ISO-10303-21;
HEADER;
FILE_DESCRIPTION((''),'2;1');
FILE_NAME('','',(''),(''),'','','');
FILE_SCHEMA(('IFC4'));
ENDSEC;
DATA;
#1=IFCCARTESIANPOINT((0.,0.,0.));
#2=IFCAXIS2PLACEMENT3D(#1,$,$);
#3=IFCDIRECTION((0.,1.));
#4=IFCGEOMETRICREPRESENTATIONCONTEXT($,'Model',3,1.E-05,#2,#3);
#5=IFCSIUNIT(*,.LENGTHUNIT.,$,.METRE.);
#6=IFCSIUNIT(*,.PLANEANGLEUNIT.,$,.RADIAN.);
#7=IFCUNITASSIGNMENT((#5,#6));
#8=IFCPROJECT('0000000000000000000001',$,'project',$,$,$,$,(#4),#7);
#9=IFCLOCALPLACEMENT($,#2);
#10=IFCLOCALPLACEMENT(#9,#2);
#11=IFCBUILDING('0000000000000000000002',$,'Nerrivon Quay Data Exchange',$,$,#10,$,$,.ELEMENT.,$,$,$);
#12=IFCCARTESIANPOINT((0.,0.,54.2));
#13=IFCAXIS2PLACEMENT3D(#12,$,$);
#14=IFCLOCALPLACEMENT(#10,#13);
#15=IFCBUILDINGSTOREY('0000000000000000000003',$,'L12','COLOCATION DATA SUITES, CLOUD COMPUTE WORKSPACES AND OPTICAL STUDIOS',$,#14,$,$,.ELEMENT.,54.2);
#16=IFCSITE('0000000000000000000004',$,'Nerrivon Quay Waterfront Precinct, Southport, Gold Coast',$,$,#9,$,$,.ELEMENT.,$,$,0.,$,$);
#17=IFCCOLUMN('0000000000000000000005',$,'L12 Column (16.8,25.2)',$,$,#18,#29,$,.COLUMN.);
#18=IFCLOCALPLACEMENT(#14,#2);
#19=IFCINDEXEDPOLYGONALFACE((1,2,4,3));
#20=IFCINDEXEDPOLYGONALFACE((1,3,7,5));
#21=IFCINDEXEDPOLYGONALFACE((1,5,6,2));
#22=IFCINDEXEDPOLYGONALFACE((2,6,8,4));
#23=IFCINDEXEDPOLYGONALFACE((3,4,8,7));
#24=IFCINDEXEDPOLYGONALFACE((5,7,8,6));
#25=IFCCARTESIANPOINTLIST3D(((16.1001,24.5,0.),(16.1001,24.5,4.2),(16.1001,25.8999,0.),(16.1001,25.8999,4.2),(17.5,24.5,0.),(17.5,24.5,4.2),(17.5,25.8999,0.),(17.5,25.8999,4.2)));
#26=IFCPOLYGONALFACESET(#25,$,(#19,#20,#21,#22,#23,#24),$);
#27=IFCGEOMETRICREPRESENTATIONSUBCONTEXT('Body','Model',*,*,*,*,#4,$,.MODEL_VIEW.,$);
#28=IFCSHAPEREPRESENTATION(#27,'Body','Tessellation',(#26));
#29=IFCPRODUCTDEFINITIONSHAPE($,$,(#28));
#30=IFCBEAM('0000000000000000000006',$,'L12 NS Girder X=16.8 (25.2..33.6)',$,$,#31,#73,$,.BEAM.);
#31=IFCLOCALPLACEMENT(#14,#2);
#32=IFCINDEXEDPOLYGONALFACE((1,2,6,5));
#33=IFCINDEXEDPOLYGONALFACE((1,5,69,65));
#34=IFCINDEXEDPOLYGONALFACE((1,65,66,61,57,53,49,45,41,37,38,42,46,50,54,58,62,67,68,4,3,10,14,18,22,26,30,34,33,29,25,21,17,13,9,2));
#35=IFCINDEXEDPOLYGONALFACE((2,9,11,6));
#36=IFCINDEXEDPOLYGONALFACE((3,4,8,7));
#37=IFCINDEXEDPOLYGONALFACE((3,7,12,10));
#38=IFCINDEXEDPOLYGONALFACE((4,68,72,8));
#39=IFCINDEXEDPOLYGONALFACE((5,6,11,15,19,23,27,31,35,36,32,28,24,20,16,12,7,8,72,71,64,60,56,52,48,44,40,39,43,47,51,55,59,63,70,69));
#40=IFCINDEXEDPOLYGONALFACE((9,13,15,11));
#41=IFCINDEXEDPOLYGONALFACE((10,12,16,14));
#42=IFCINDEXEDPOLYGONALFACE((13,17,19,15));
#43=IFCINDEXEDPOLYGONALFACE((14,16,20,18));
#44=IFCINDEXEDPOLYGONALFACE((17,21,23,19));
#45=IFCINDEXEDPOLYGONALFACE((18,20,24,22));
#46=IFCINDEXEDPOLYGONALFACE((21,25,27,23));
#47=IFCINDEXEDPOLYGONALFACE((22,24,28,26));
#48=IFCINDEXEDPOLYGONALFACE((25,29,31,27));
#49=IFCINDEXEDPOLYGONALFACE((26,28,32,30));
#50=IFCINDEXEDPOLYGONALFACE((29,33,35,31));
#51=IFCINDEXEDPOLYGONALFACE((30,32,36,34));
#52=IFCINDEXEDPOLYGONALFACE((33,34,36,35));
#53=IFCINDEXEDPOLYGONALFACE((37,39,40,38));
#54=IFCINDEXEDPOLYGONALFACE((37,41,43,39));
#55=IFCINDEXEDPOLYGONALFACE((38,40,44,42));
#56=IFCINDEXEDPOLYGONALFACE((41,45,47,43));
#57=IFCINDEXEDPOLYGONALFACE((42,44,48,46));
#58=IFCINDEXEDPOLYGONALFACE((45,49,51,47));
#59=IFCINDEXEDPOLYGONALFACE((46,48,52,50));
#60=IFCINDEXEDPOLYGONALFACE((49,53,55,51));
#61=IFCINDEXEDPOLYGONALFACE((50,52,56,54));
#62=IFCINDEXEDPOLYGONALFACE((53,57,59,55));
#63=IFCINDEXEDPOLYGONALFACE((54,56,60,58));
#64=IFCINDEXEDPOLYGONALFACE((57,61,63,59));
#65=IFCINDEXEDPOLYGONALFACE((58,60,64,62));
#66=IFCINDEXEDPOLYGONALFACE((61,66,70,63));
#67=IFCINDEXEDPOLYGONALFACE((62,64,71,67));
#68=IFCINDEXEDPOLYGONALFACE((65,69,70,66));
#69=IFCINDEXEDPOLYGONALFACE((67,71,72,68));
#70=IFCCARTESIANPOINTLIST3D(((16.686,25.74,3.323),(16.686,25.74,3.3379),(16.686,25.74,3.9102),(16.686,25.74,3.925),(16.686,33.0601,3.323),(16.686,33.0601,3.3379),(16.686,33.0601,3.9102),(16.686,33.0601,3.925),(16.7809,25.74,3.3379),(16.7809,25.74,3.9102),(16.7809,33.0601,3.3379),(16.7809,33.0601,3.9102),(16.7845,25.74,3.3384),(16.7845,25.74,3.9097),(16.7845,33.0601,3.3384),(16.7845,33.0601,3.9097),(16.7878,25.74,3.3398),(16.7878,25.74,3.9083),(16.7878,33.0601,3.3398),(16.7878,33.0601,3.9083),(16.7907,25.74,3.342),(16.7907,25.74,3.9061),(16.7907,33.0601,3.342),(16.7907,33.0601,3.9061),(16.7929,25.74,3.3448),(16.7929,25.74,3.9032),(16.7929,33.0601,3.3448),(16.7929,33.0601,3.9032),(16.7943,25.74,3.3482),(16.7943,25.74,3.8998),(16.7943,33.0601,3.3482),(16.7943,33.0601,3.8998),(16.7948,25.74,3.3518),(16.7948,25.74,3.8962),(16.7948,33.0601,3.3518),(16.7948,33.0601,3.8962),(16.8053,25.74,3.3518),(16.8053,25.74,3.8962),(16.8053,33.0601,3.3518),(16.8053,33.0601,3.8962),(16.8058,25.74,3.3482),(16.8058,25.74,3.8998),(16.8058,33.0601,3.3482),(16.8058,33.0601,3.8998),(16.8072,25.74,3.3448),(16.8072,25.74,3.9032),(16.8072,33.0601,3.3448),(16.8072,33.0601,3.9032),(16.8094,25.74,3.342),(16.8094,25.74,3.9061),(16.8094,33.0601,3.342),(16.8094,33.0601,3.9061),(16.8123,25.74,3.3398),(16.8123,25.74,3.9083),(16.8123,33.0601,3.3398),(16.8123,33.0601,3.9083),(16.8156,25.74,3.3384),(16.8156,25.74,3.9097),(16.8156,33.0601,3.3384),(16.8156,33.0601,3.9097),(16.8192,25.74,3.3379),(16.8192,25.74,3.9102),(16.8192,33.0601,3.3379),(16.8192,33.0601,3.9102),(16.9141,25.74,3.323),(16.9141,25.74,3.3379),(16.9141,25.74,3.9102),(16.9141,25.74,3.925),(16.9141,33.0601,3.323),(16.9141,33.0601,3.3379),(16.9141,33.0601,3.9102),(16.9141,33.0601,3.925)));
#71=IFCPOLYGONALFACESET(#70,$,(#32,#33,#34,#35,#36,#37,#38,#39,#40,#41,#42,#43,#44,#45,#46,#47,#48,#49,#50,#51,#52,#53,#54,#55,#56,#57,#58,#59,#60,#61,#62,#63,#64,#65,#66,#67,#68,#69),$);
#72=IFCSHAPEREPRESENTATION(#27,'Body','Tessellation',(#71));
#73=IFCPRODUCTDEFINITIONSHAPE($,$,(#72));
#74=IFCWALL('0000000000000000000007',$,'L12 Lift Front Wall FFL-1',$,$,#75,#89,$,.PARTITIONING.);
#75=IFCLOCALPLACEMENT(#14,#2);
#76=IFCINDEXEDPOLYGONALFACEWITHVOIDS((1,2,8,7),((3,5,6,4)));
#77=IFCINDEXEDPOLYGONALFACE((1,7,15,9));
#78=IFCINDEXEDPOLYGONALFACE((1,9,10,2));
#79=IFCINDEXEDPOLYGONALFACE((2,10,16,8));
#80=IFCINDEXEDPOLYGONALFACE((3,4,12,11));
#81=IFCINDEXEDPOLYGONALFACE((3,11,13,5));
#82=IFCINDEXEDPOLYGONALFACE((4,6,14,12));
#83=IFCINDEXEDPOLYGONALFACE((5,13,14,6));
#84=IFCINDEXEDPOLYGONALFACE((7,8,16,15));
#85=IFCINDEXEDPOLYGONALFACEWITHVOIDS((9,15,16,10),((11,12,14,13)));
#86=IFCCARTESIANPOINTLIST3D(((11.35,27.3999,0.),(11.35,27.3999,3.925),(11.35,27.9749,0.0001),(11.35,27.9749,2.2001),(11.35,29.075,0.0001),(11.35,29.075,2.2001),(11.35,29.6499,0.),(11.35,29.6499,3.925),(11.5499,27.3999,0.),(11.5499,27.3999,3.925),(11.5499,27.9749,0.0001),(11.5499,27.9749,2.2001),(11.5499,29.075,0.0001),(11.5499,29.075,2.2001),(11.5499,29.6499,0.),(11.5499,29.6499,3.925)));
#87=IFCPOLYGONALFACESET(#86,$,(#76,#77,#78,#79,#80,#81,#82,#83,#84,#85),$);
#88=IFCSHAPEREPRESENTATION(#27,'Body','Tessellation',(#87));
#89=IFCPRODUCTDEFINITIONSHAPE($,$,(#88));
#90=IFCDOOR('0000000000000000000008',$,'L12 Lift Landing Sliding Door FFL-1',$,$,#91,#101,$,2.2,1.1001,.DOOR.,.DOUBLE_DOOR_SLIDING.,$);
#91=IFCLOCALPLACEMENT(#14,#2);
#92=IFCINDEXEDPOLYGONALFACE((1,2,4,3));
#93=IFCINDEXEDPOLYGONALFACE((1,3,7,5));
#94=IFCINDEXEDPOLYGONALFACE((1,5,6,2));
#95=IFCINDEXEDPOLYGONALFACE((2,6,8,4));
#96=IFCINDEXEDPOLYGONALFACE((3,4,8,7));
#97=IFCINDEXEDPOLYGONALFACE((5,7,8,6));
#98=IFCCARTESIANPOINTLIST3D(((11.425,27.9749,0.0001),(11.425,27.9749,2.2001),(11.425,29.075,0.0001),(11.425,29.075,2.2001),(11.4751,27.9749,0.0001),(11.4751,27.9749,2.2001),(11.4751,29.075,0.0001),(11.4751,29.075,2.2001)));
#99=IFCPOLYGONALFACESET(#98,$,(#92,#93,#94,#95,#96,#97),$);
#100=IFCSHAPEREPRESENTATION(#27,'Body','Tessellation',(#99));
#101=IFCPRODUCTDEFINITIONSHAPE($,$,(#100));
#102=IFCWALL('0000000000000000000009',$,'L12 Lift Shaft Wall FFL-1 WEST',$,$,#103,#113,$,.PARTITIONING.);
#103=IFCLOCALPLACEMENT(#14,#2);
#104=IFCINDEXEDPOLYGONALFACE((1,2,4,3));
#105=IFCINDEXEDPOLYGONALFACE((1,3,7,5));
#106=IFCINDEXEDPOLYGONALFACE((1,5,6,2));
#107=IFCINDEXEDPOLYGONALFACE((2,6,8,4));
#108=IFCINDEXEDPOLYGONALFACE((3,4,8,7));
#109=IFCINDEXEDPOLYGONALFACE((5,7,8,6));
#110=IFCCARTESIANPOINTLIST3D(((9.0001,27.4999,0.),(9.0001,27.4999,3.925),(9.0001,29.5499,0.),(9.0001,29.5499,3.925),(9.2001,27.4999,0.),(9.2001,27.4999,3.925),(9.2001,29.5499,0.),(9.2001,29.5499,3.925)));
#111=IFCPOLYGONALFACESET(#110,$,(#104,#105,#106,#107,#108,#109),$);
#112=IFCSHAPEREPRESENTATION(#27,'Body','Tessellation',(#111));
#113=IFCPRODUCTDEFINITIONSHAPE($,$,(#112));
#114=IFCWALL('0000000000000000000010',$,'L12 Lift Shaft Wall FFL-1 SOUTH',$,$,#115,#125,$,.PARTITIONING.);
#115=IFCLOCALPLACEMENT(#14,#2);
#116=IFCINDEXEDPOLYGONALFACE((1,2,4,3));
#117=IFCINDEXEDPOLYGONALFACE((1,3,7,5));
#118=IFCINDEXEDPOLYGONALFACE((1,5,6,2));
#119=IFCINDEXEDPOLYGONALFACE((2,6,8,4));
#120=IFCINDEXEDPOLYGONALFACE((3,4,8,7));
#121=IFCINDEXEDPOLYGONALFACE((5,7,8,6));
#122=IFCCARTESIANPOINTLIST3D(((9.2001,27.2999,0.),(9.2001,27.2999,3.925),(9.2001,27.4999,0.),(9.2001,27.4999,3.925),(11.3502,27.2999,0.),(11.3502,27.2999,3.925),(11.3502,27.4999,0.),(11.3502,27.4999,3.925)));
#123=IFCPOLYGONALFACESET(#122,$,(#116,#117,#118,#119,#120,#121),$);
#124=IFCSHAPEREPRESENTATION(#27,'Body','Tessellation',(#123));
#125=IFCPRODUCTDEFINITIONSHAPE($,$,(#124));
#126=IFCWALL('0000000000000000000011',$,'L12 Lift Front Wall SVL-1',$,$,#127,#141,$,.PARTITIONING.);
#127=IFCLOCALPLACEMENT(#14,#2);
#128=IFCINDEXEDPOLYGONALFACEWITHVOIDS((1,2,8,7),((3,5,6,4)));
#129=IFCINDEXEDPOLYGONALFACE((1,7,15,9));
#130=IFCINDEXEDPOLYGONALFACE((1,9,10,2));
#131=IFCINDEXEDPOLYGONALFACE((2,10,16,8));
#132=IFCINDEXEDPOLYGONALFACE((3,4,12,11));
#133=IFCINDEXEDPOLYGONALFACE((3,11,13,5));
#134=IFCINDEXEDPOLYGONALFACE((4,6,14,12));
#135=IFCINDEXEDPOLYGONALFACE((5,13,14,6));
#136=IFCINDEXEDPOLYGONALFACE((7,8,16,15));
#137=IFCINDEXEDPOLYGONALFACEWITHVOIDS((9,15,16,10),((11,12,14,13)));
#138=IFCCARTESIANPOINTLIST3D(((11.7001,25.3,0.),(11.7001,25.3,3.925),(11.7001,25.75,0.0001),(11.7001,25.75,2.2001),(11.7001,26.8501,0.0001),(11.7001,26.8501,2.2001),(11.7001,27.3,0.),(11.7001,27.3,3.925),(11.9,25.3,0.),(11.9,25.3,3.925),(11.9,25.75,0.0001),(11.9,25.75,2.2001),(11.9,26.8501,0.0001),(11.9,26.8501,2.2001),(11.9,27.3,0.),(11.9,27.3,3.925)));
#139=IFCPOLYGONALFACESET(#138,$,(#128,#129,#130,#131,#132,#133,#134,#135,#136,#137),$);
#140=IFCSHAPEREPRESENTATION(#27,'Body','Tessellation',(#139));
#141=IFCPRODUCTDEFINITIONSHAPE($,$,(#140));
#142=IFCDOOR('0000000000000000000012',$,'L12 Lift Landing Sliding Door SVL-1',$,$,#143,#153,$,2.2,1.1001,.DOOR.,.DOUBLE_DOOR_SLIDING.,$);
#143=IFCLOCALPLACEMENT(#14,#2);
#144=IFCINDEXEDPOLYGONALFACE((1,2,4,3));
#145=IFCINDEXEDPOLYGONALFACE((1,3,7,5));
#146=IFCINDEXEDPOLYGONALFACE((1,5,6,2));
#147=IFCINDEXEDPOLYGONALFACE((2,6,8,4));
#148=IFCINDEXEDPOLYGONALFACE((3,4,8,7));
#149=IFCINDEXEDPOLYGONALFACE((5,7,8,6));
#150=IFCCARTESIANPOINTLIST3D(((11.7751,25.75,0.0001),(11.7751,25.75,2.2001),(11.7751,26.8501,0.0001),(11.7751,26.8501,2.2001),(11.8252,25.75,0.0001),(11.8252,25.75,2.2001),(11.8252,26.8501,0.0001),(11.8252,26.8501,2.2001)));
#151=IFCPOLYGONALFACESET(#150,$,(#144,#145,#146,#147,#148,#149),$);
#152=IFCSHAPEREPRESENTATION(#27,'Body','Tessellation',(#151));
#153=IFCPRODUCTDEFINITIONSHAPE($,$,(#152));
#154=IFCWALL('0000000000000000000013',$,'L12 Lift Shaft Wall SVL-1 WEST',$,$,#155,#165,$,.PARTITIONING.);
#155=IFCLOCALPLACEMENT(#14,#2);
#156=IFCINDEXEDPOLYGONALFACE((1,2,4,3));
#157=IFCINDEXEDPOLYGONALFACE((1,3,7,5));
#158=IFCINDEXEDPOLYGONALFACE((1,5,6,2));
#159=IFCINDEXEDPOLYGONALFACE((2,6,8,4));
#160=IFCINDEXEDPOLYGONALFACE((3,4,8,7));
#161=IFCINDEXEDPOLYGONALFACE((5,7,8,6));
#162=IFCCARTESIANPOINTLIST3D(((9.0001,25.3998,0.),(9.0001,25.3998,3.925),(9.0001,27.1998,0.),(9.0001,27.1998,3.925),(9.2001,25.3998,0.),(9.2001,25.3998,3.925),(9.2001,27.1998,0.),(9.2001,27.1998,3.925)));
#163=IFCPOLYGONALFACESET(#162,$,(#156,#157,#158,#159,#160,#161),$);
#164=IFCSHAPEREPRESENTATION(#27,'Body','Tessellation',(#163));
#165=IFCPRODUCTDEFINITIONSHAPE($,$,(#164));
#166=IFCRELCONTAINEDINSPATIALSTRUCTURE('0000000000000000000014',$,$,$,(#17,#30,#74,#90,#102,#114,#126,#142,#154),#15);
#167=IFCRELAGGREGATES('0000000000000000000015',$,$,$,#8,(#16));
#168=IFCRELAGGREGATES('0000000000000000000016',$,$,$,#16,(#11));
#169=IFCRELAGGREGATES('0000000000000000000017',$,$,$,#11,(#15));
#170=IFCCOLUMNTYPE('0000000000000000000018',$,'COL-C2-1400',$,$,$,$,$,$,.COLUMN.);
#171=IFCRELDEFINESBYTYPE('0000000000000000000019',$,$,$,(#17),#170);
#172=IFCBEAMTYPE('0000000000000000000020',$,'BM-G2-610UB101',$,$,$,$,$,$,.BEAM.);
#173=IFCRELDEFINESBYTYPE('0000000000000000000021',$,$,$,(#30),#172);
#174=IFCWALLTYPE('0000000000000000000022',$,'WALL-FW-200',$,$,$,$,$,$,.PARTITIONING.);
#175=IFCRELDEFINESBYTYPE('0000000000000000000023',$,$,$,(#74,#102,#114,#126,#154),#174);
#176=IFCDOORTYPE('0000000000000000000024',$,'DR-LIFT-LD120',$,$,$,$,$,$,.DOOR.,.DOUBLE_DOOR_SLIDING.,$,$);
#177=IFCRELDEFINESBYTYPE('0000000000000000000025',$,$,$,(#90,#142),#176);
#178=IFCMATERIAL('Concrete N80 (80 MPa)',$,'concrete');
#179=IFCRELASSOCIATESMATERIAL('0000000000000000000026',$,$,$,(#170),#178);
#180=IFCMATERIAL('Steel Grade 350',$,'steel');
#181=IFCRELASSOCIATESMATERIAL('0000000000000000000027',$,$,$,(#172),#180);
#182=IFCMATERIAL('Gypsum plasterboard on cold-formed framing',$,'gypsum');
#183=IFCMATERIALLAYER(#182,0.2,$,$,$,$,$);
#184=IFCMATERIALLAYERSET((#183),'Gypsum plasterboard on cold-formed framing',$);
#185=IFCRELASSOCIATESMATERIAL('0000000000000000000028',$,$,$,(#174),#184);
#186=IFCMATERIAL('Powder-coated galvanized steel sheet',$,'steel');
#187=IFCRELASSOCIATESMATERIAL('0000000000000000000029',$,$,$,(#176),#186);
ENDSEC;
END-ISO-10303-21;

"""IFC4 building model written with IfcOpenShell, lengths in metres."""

from ifc_helpers import new_model, si_unit, direction, frame, frame_2d, origin, origin_2d, place, context, subcontext, project, spatial, rectangle, i_section, extrude, material, layer, layer_set, material_profile, profile_set, type_object, element, fill, save


model = new_model("IFC4")

# Units and contexts
model_context = context("Model", 3, precision=1e-05, world=origin(), true_north=direction((0.0, 1.0)))
body_context = subcontext(model_context, "Body", "Model", "MODEL_VIEW")
ifc_project = project(units=[si_unit("LENGTHUNIT", "METRE"), si_unit("PLANEANGLEUNIT", "RADIAN")], contexts=[model_context])

# Site, building, storey
site_placement = place(None, origin())
site = spatial("IfcSite", under=ifc_project, at=site_placement, Name="Nerrivon Quay Waterfront Precinct, Southport, Gold Coast", CompositionType="ELEMENT", RefElevation=0.0)
building_placement = place(site_placement, origin())
building = spatial("IfcBuilding", under=site, at=building_placement, Name="Nerrivon Quay Data Exchange", CompositionType="ELEMENT")
storey_placement = place(building_placement, frame((0.0, 0.0, 54.2)))
storey = spatial("IfcBuildingStorey", under=building, at=storey_placement, Name="L12", Description="COLOCATION DATA SUITES, CLOUD COMPUTE WORKSPACES AND OPTICAL STUDIOS", CompositionType="ELEMENT", Elevation=54.2)

# Column
ifc_material_1 = material(Name="Concrete N80 (80 MPa)", Category="concrete")
ifc_material_profile_1 = material_profile(ifc_material_1, rectangle(XDim=1.3999, YDim=1.3999, at=origin_2d()), Name="RC-COL-1400x1400")
ifc_profile_set_1 = profile_set([ifc_material_profile_1], Name="Concrete N80 (80 MPa)")
column_type = type_object("IfcColumnType", Name="COL-C2-1400", PredefinedType="COLUMN", material=ifc_profile_set_1)
column_placement = place(storey_placement, frame((16.8, 25.2, 0.0), z_axis=(0.0, 0.0, 1.0), x_axis=(1.0, 0.0, 0.0)))
element("IfcColumn", 1, at=column_placement, inside=storey, type_object=column_type, Name="L12 Column (16.8,25.2)", PredefinedType="COLUMN", context=body_context, shape_type="SweptSolid", body=[
    extrude(rectangle(XDim=1.3999, YDim=1.3999, at=origin_2d()), origin(), (0.0, 0.0, 1.0), 4.2),
])

# Beam
ifc_material_2 = material(Name="Steel Grade 350", Category="steel")
ifc_material_profile_2 = material_profile(ifc_material_2, i_section(OverallWidth=0.228, OverallDepth=0.6021, WebThickness=0.0105, FlangeThickness=0.0149, FilletRadius=0.0139, at=origin_2d()), Name="610UB101")
ifc_profile_set_2 = profile_set([ifc_material_profile_2], Name="Steel Grade 350")
beam_type = type_object("IfcBeamType", Name="BM-G2-610UB101", PredefinedType="BEAM", material=ifc_profile_set_2)
beam_placement = place(storey_placement, frame((16.8, 25.74, 3.624), z_axis=(0.0, 1.0, 0.0), x_axis=(-1.0, 0.0, 0.0)))
element("IfcBeam", 2, at=beam_placement, inside=storey, type_object=beam_type, Name="L12 NS Girder X=16.8 (25.2..33.6)", PredefinedType="BEAM", context=body_context, shape_type="SweptSolid", body=[
    extrude(i_section(OverallWidth=0.228, OverallDepth=0.6021, WebThickness=0.0105, FlangeThickness=0.0149, FilletRadius=0.0139, at=origin_2d()), origin(), (0.0, 0.0, 1.0), 7.3201),
])

# Wall, opening, door
ifc_material_3 = material(Name="Powder-coated galvanized steel sheet", Category="steel")
ifc_material_4 = material(Name="Gypsum plasterboard on cold-formed framing", Category="gypsum")
ifc_layer_1 = layer(ifc_material_4, 0.2)
ifc_layer_set_1 = layer_set([ifc_layer_1], Name="Gypsum plasterboard on cold-formed framing")
wall_type_1 = type_object("IfcWallType", Name="WALL-FW-200", PredefinedType="PARTITIONING", material=ifc_layer_set_1)
wall_1_placement = place(storey_placement, frame((11.45, 27.3999, 0.0), z_axis=(0.0, 0.0, 1.0), x_axis=(0.0, 1.0, 0.0)))
wall_1 = element("IfcWall", 3, at=wall_1_placement, inside=storey, type_object=wall_type_1, Name="L12 Lift Front Wall FFL-1", PredefinedType="PARTITIONING", context=body_context, shape_type="SweptSolid", body=[
    extrude(rectangle(XDim=2.25, YDim=0.2, at=frame_2d((1.125, 0.0))), origin(), (0.0, 0.0, 1.0), 3.925),
])
opening_1_placement = place(wall_1_placement, frame((0.575, 0.0, 0.0)))
opening_1 = element("IfcOpeningElement", 4, at=opening_1_placement, cuts=wall_1, PredefinedType="OPENING", context=body_context, shape_type="SweptSolid", body=[
    extrude(rectangle(XDim=1.1001, YDim=2.2, at=frame_2d((0.55, 1.1001))), frame((0.0, 0.1099, 0.0), z_axis=(0.0, -1.0, 0.0), x_axis=(1.0, 0.0, 0.0)), (0.0, 0.0, 1.0), 0.22),
])
door_type_1 = type_object("IfcDoorType", Name="DR-LIFT-LD120", OperationType="DOUBLE_DOOR_SLIDING", PredefinedType="DOOR", material=ifc_material_3)
door_1_placement = place(opening_1_placement, origin())
door_1 = element("IfcDoor", 5, at=door_1_placement, inside=storey, type_object=door_type_1, Name="L12 Lift Landing Sliding Door FFL-1", OperationType="DOUBLE_DOOR_SLIDING", OverallHeight=2.2, OverallWidth=1.1001, PredefinedType="DOOR", context=body_context, shape_type="SweptSolid", body=[
    extrude(rectangle(XDim=1.1001, YDim=2.2, at=frame_2d((0.55, 1.1001))), frame((0.0, 0.0249, 0.0), z_axis=(0.0, -1.0, 0.0), x_axis=(1.0, 0.0, 0.0)), (0.0, 0.0, 1.0), 0.05),
])
fill(opening_1, door_1)

# Walls
wall_2_placement = place(storey_placement, frame((9.1001, 27.5, 0.0), z_axis=(0.0, 0.0, 1.0), x_axis=(0.0, 1.0, 0.0)))
element("IfcWall", 6, at=wall_2_placement, inside=storey, type_object=wall_type_1, Name="L12 Lift Shaft Wall FFL-1 WEST", PredefinedType="PARTITIONING", context=body_context, shape_type="SweptSolid", body=[
    extrude(rectangle(XDim=2.05, YDim=0.2, at=frame_2d((1.0249, 0.0))), origin(), (0.0, 0.0, 1.0), 3.925),
])
wall_3_placement = place(storey_placement, frame((9.2, 27.3999, 0.0), z_axis=(0.0, 0.0, 1.0), x_axis=(1.0, 0.0, 0.0)))
element("IfcWall", 7, at=wall_3_placement, inside=storey, type_object=wall_type_1, Name="L12 Lift Shaft Wall FFL-1 SOUTH", PredefinedType="PARTITIONING", context=body_context, shape_type="SweptSolid", body=[
    extrude(rectangle(XDim=2.1501, YDim=0.2, at=frame_2d((1.0752, 0.0))), origin(), (0.0, 0.0, 1.0), 3.925),
])

# Wall, opening, door
wall_4_placement = place(storey_placement, frame((11.8, 25.3, 0.0), z_axis=(0.0, 0.0, 1.0), x_axis=(0.0, 1.0, 0.0)))
wall_4 = element("IfcWall", 8, at=wall_4_placement, inside=storey, type_object=wall_type_1, Name="L12 Lift Front Wall SVL-1", PredefinedType="PARTITIONING", context=body_context, shape_type="SweptSolid", body=[
    extrude(rectangle(XDim=2.0, YDim=0.2, at=frame_2d((1.0, 0.0))), origin(), (0.0, 0.0, 1.0), 3.925),
])
opening_2_placement = place(wall_4_placement, frame((0.45, 0.0, 0.0)))
opening_2 = element("IfcOpeningElement", 9, at=opening_2_placement, cuts=wall_4, PredefinedType="OPENING", context=body_context, shape_type="SweptSolid", body=[
    extrude(rectangle(XDim=1.1001, YDim=2.2, at=frame_2d((0.55, 1.1001))), frame((0.0, 0.1099, 0.0), z_axis=(0.0, -1.0, 0.0), x_axis=(1.0, 0.0, 0.0)), (0.0, 0.0, 1.0), 0.22),
])
door_2_placement = place(opening_2_placement, origin())
door_2 = element("IfcDoor", 10, at=door_2_placement, inside=storey, type_object=door_type_1, Name="L12 Lift Landing Sliding Door SVL-1", OperationType="DOUBLE_DOOR_SLIDING", OverallHeight=2.2, OverallWidth=1.1001, PredefinedType="DOOR", context=body_context, shape_type="SweptSolid", body=[
    extrude(rectangle(XDim=1.1001, YDim=2.2, at=frame_2d((0.55, 1.1001))), frame((0.0, 0.0249, 0.0), z_axis=(0.0, -1.0, 0.0), x_axis=(1.0, 0.0, 0.0)), (0.0, 0.0, 1.0), 0.05),
])
fill(opening_2, door_2)

# Wall
wall_5_placement = place(storey_placement, frame((9.1001, 25.3999, 0.0), z_axis=(0.0, 0.0, 1.0), x_axis=(0.0, 1.0, 0.0)))
element("IfcWall", 11, at=wall_5_placement, inside=storey, type_object=wall_type_1, Name="L12 Lift Shaft Wall SVL-1 WEST", PredefinedType="PARTITIONING", context=body_context, shape_type="SweptSolid", body=[
    extrude(rectangle(XDim=1.8, YDim=0.2, at=frame_2d((0.8999, 0.0))), origin(), (0.0, 0.0, 1.0), 3.925),
])

save(model, "model.ifc")
